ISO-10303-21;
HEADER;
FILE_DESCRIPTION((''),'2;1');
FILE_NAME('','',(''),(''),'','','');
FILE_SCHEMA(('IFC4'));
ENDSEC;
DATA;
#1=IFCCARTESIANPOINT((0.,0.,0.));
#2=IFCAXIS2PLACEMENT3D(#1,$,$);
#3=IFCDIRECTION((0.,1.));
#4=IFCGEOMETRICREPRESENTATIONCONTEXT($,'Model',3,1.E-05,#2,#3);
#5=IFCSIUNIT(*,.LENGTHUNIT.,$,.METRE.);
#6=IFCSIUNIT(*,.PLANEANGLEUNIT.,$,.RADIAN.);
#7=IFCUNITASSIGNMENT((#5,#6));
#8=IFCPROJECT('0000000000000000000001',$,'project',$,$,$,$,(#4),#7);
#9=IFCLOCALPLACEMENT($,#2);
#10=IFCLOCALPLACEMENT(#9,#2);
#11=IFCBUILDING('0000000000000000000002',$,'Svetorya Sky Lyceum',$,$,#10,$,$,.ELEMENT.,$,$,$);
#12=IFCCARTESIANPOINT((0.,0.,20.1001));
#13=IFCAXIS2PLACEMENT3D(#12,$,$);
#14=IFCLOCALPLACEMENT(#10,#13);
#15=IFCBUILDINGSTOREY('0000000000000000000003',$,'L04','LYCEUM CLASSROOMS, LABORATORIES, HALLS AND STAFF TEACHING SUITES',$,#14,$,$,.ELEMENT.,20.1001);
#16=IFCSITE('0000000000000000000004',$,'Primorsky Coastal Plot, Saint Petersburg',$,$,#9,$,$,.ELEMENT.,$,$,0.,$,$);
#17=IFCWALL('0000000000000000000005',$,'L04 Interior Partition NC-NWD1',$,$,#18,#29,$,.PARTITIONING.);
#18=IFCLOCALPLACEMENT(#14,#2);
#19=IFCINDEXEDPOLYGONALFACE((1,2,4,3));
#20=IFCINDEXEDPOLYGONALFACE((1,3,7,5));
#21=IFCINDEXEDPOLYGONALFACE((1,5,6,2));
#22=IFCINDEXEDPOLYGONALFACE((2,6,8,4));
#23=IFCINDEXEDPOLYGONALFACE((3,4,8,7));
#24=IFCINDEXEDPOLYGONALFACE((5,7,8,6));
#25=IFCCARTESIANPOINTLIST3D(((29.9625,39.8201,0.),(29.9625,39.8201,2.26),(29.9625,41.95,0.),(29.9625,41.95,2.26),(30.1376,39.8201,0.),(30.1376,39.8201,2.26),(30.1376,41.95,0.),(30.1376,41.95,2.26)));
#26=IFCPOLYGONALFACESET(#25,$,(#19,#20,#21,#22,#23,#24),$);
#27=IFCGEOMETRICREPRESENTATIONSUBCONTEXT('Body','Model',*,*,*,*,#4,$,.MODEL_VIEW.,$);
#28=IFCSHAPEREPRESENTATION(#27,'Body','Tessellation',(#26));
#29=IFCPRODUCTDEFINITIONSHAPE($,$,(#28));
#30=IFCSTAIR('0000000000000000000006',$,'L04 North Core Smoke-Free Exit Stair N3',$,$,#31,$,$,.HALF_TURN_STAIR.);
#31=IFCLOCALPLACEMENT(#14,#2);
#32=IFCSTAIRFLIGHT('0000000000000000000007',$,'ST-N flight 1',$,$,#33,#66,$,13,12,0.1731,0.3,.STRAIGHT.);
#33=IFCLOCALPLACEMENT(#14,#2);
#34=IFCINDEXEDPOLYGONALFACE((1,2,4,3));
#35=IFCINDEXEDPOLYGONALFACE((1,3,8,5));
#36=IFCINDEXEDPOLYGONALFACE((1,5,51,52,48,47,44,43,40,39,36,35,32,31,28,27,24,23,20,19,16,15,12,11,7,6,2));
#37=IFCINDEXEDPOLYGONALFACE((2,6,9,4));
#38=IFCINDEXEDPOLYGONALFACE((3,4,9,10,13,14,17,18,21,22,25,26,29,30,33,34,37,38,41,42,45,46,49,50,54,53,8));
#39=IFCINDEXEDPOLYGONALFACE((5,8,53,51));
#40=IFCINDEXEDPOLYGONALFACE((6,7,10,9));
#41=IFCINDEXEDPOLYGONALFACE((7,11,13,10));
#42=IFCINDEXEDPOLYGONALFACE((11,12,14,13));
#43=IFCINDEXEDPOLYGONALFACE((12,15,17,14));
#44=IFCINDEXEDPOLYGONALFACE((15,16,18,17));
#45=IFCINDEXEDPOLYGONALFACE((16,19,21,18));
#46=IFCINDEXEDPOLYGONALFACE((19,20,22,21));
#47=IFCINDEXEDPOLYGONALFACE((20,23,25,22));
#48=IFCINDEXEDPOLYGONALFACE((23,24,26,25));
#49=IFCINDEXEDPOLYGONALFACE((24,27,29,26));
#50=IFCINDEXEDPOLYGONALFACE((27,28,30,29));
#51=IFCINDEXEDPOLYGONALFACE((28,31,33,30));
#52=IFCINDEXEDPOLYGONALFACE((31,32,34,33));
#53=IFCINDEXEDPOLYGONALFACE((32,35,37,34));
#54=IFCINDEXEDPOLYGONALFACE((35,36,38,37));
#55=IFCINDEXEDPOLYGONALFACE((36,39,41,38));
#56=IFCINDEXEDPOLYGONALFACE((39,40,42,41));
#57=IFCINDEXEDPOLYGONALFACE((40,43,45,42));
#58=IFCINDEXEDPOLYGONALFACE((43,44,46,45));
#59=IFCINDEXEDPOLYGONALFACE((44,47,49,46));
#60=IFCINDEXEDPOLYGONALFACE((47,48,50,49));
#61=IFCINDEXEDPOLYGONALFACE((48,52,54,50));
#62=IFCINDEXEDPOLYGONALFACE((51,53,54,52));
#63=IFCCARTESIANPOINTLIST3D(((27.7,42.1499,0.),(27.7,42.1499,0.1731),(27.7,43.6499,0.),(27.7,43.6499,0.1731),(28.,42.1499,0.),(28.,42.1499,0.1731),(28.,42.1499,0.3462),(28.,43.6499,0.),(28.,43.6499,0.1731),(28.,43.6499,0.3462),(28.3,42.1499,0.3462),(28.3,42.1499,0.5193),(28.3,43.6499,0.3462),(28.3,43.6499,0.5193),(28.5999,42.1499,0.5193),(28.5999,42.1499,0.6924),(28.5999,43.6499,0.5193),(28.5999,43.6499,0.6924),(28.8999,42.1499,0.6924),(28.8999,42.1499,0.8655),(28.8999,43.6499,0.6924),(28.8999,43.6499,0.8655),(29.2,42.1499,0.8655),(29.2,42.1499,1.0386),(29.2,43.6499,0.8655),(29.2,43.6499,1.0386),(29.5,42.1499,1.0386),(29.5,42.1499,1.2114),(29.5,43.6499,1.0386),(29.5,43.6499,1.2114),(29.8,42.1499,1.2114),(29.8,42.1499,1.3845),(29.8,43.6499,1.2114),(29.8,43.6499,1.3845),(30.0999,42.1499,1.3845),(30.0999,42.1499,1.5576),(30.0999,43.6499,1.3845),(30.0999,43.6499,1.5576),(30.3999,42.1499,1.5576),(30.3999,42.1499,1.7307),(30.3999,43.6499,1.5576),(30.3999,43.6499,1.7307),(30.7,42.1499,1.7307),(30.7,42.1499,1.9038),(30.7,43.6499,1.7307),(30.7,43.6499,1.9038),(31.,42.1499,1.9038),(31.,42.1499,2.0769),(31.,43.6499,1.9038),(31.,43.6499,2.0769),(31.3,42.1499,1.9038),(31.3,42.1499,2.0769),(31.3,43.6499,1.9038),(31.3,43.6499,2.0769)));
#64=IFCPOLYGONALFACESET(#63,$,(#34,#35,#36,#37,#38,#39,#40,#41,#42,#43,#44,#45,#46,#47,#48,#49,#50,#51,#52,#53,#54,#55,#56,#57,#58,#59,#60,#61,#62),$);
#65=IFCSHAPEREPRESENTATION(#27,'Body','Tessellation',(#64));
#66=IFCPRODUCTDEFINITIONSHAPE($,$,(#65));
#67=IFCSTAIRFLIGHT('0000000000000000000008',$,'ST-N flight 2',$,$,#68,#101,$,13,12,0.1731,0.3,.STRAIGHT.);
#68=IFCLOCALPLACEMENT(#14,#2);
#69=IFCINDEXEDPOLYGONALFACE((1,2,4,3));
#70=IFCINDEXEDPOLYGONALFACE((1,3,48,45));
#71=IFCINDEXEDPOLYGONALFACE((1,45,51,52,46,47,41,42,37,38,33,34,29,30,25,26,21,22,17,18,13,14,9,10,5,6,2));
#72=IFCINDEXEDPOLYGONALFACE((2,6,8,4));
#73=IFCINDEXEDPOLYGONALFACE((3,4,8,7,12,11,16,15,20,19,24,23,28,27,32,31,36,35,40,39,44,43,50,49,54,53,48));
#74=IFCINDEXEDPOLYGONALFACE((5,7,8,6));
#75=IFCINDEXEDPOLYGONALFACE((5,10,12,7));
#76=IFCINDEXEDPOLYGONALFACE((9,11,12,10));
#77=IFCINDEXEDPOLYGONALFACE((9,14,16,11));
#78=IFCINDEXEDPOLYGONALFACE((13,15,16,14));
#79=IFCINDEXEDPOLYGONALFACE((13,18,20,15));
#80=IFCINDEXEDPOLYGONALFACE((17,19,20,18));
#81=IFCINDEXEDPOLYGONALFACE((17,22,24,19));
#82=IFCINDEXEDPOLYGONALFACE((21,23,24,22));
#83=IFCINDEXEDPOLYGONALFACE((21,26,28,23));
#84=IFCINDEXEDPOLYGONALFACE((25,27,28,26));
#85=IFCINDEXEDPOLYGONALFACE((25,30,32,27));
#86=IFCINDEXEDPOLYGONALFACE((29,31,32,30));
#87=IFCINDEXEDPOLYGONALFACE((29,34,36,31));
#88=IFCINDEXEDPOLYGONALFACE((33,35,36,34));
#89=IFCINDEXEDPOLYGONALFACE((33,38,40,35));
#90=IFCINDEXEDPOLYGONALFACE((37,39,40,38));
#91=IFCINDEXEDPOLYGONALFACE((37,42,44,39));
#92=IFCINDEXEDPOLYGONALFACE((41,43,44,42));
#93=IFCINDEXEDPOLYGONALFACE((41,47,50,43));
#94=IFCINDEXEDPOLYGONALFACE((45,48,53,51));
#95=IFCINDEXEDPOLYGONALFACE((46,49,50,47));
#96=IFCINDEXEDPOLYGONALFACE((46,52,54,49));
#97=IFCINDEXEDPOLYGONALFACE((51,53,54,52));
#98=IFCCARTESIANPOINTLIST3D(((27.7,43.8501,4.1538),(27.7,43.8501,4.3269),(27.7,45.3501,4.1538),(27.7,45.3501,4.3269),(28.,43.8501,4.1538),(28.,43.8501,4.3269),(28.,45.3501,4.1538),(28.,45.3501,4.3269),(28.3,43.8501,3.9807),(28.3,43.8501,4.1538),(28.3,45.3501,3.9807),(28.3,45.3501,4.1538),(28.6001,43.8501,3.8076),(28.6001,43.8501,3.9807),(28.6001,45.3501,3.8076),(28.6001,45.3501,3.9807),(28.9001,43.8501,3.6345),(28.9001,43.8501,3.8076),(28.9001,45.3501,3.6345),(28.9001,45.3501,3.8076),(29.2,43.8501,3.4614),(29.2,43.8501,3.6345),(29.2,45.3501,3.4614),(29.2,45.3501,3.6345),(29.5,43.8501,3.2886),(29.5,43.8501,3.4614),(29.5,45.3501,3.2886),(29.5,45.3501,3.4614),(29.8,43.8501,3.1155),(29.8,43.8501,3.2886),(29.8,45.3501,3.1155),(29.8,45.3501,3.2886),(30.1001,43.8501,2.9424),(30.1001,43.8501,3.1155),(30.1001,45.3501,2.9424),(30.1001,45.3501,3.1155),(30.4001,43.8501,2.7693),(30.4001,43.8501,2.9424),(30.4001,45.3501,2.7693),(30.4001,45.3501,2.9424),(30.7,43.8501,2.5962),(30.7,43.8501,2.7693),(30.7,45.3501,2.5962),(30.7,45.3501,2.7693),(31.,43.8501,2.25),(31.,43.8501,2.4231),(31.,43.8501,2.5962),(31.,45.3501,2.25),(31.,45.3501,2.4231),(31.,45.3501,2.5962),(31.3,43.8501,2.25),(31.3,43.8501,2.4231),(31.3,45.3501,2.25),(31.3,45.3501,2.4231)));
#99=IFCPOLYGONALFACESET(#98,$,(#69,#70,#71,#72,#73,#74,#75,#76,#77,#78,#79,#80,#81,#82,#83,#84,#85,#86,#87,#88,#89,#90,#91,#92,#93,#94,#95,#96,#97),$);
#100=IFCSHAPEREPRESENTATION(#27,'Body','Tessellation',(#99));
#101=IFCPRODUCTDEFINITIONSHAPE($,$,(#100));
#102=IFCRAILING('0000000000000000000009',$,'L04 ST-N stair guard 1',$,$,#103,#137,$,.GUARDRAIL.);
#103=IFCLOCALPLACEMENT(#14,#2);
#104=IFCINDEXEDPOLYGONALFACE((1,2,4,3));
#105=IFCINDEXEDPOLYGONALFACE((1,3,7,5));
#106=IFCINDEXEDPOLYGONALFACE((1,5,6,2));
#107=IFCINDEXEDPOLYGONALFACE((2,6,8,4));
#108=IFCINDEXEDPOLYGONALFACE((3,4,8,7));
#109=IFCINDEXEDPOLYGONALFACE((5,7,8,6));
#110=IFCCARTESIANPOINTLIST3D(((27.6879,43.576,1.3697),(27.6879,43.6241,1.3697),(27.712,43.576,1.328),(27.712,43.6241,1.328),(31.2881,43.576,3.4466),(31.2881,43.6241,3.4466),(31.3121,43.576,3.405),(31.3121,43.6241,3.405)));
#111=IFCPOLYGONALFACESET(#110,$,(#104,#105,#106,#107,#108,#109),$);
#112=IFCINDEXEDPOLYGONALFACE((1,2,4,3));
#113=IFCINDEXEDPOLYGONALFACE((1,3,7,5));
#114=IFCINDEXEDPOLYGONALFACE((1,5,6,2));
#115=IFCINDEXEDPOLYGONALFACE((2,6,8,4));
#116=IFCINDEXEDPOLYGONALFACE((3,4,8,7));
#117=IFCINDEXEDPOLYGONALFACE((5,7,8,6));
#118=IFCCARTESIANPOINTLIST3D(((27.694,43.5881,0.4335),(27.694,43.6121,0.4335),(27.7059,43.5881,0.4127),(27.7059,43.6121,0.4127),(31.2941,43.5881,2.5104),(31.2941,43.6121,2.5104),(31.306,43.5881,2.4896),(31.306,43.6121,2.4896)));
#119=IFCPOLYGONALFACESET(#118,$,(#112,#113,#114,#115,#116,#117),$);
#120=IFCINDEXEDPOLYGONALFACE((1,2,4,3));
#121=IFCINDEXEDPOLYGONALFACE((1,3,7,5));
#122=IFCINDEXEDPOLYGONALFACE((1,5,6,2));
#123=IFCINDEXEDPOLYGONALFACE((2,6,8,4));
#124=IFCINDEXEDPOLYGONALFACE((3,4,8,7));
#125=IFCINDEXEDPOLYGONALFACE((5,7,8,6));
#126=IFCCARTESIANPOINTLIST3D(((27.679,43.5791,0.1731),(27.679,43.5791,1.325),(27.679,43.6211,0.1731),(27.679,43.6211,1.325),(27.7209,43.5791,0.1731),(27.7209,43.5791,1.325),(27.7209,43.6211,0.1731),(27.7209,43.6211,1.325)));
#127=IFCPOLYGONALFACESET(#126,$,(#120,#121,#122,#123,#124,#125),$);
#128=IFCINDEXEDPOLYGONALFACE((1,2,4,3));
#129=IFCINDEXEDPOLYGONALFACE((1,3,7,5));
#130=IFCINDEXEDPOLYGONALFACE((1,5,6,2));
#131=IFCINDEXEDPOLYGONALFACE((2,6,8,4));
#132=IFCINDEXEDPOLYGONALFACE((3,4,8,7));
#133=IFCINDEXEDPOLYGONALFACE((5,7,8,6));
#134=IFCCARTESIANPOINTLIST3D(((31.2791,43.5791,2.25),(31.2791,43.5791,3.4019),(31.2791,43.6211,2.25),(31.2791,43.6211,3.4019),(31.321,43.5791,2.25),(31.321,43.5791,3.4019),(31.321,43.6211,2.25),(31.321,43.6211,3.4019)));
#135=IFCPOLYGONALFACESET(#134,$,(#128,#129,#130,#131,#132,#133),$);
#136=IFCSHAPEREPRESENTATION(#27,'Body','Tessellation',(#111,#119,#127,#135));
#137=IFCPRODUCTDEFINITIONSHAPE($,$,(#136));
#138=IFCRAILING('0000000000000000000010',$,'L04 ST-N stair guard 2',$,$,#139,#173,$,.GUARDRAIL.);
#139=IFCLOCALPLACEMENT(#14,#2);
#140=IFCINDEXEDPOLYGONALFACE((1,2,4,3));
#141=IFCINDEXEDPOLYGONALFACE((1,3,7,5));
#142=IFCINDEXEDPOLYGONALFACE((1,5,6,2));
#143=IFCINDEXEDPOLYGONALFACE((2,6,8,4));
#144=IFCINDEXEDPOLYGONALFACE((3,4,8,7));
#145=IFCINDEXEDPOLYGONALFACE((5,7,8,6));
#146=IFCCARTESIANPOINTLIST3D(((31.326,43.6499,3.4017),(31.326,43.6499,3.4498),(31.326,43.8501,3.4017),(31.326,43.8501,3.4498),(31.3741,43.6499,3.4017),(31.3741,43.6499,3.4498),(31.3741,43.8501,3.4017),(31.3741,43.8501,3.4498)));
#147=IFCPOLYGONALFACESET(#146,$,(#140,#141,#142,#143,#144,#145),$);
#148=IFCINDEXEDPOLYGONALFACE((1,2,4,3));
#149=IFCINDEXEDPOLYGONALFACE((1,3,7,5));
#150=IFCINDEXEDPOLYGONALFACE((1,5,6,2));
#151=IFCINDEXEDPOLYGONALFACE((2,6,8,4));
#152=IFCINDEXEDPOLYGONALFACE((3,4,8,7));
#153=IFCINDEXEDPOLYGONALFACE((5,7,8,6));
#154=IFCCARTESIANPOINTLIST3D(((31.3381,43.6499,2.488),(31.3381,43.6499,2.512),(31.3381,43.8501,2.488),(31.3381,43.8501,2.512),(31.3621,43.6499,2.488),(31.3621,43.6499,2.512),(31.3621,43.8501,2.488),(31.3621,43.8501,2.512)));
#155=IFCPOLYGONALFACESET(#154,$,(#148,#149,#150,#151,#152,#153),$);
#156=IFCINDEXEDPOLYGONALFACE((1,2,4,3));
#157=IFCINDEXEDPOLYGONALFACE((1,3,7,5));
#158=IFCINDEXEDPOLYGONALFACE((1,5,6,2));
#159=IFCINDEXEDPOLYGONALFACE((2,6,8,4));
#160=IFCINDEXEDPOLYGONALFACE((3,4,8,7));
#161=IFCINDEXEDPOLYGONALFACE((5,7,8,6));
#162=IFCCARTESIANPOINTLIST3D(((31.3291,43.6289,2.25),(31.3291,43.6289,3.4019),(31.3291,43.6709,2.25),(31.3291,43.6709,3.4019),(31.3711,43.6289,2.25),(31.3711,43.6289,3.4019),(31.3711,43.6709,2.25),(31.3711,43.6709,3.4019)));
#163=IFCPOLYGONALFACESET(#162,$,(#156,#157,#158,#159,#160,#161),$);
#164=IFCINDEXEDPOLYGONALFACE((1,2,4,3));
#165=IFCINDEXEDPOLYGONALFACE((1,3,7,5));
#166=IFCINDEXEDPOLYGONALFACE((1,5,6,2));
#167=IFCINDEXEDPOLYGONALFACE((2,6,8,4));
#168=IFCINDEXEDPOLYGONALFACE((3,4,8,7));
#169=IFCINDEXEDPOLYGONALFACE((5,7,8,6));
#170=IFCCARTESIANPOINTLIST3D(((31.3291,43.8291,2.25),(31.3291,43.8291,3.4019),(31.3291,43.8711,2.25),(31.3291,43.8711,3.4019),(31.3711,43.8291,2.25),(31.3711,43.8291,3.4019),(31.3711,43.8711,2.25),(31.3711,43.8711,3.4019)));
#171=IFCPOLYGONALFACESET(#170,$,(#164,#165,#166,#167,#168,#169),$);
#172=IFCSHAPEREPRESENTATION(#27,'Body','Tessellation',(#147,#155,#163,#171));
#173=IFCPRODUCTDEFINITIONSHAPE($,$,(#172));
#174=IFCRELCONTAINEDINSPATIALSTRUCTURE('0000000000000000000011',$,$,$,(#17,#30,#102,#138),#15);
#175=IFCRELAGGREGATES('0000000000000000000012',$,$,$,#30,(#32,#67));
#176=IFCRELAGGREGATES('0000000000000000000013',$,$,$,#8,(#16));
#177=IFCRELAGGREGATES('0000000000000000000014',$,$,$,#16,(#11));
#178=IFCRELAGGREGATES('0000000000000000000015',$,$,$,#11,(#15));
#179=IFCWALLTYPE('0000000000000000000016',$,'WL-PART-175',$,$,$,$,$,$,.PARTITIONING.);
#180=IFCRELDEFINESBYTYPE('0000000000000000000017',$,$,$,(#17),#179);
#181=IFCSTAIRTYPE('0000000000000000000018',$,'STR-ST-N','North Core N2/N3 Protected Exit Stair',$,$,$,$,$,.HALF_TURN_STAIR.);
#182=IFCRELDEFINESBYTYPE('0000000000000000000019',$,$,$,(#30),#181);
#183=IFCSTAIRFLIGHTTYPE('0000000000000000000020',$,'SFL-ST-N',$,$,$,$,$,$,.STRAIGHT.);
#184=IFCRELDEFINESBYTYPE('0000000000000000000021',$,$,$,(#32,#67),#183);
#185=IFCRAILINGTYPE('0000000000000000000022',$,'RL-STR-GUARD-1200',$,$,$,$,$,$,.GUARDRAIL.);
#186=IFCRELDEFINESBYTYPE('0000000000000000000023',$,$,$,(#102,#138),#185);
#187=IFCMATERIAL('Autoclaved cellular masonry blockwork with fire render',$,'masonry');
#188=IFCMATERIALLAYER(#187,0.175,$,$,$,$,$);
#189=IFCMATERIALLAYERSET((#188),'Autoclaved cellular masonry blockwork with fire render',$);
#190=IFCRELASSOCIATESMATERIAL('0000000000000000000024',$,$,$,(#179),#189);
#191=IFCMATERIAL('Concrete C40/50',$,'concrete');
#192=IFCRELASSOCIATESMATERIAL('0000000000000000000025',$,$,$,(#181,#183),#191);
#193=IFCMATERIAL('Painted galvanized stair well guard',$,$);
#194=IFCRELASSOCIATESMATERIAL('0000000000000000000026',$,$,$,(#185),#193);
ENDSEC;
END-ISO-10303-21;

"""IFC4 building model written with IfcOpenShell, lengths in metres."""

from ifc_helpers import new_model, si_unit, direction, frame, frame_2d, origin, origin_2d, place, context, subcontext, project, spatial, polyline, rectangle, outline, extrude, material, layer, layer_set, type_object, element, aggregate, save


model = new_model("IFC4")

# Units and contexts
model_context = context("Model", 3, precision=1e-05, world=origin(), true_north=direction((0.0, 1.0)))
body_context = subcontext(model_context, "Body", "Model", "MODEL_VIEW")
ifc_project = project(units=[si_unit("LENGTHUNIT", "METRE"), si_unit("PLANEANGLEUNIT", "RADIAN")], contexts=[model_context])

# Site, building, storey
site_placement = place(None, origin())
site = spatial("IfcSite", under=ifc_project, at=site_placement, Name="Primorsky Coastal Plot, Saint Petersburg", CompositionType="ELEMENT", RefElevation=0.0)
building_placement = place(site_placement, origin())
building = spatial("IfcBuilding", under=site, at=building_placement, Name="Svetorya Sky Lyceum", CompositionType="ELEMENT")
storey_placement = place(building_placement, frame((0.0, 0.0, 20.1001)))
storey = spatial("IfcBuildingStorey", under=building, at=storey_placement, Name="L04", Description="LYCEUM CLASSROOMS, LABORATORIES, HALLS AND STAFF TEACHING SUITES", CompositionType="ELEMENT", Elevation=20.1001)

# Shared definitions
ifc_material_1 = material(Name="Concrete C40/50", Category="concrete")

# Wall
ifc_material_2 = material(Name="Autoclaved cellular masonry blockwork with fire render", Category="masonry")
ifc_layer_1 = layer(ifc_material_2, 0.175)
ifc_layer_set_1 = layer_set([ifc_layer_1], Name="Autoclaved cellular masonry blockwork with fire render")
wall_type_1 = type_object("IfcWallType", Name="WL-PART-175", PredefinedType="PARTITIONING", material=ifc_layer_set_1)
wall_1_placement = place(storey_placement, frame((30.05, 39.8201, 0.0), z_axis=(0.0, 0.0, 1.0), x_axis=(0.0, 1.0, 0.0)))
element("IfcWall", 1, at=wall_1_placement, inside=storey, type_object=wall_type_1, Name="L04 Interior Partition NC-NWD1", PredefinedType="PARTITIONING", context=body_context, shape_type="SweptSolid", body=[
    extrude(rectangle(XDim=2.1299, YDim=0.175, at=frame_2d((1.0649, 0.0))), origin(), (0.0, 0.0, 1.0), 2.26),
])

# Stair, stair flights
stair_type = type_object("IfcStairType", Name="STR-ST-N", Description="North Core N2/N3 Protected Exit Stair", PredefinedType="HALF_TURN_STAIR", material=ifc_material_1)
stair_placement = place(storey_placement, origin())
stair = element("IfcStair", 2, at=stair_placement, inside=storey, type_object=stair_type, Name="L04 North Core Smoke-Free Exit Stair N3", PredefinedType="HALF_TURN_STAIR")
stair_flight_type = type_object("IfcStairFlightType", Name="SFL-ST-N", PredefinedType="STRAIGHT", material=ifc_material_1)
stair_flight_1_placement = place(storey_placement, frame((27.7, 42.8999, 0.0), z_axis=(0.0, 0.0, 1.0), x_axis=(1.0, 0.0, 0.0)))
stair_flight_1 = element("IfcStairFlight", 3, at=stair_flight_1_placement, type_object=stair_flight_type, Name="ST-N flight 1", NumberOfRisers=13, NumberOfTreads=12, PredefinedType="STRAIGHT", RiserHeight=0.1731, TreadLength=0.3, context=body_context, shape_type="SweptSolid", body=[
    extrude(outline(polyline([(0.0, 0.0), (0.0, 0.1731), (0.3, 0.1731), (0.3, 0.3462), (0.6001, 0.3462), (0.6001, 0.5193), (0.8999, 0.5193), (0.8999, 0.6924), (1.2, 0.6924), (1.2, 0.8655), (1.5, 0.8655), (1.5, 1.0386), (1.8, 1.0386), (1.8, 1.2114), (2.1001, 1.2114), (2.1001, 1.3845), (2.3999, 1.3845), (2.3999, 1.5576), (2.7, 1.5576), (2.7, 1.7307), (3.0, 1.7307), (3.0, 1.9038), (3.3, 1.9038), (3.3, 2.0769), (3.6001, 2.0769), (3.6001, 2.25), (3.6001, 1.9038), (0.3, 0.0), (0.0, 0.0)])), frame((0.0, 0.75, 0.0), z_axis=(0.0, -1.0, 0.0), x_axis=(1.0, 0.0, 0.0)), (0.0, 0.0, 1.0), 1.5),
])
stair_flight_2_placement = place(storey_placement, frame((31.3, 44.6001, 2.25), z_axis=(0.0, 0.0, 1.0), x_axis=(-1.0, 0.0, 0.0)))
stair_flight_2 = element("IfcStairFlight", 4, at=stair_flight_2_placement, type_object=stair_flight_type, Name="ST-N flight 2", NumberOfRisers=13, NumberOfTreads=12, PredefinedType="STRAIGHT", RiserHeight=0.1731, TreadLength=0.3, context=body_context, shape_type="SweptSolid", body=[
    extrude(outline(polyline([(0.0, 0.0), (0.0, 0.1731), (0.3, 0.1731), (0.3, 0.3462), (0.6001, 0.3462), (0.6001, 0.5193), (0.8999, 0.5193), (0.8999, 0.6924), (1.2, 0.6924), (1.2, 0.8655), (1.5, 0.8655), (1.5, 1.0386), (1.8, 1.0386), (1.8, 1.2114), (2.1001, 1.2114), (2.1001, 1.3845), (2.3999, 1.3845), (2.3999, 1.5576), (2.7, 1.5576), (2.7, 1.7307), (3.0, 1.7307), (3.0, 1.9038), (3.3, 1.9038), (3.3, 2.0769), (3.6001, 2.0769), (3.6001, 2.25), (3.6001, 1.9038), (0.3, 0.0), (0.0, 0.0)])), frame((0.0, 0.75, 0.0), z_axis=(0.0, -1.0, 0.0), x_axis=(1.0, 0.0, 0.0)), (0.0, 0.0, 1.0), 1.5),
])
aggregate(stair, [stair_flight_1, stair_flight_2])

# Railings
ifc_material_3 = material(Name="Painted galvanized stair well guard")
railing_type_1 = type_object("IfcRailingType", Name="RL-STR-GUARD-1200", PredefinedType="GUARDRAIL", material=ifc_material_3)
railing_1_placement = place(storey_placement, frame((27.7, 43.6001, 0.1731)))
element("IfcRailing", 5, at=railing_1_placement, inside=storey, type_object=railing_type_1, Name="L04 ST-N stair guard 1", PredefinedType="GUARDRAIL", context=body_context, shape_type="SweptSolid", body=[
    extrude(rectangle(XDim=0.0481, YDim=0.0481, at=origin_2d()), frame((0.0, 0.0, 1.1758), z_axis=(0.866193, 0.0, 0.499709), x_axis=(0.0, 1.0, 0.0)), (0.0, 0.0, 1.0), 4.1562),
    extrude(rectangle(XDim=0.0239, YDim=0.0239, at=origin_2d()), frame((0.0, 0.0, 0.25), z_axis=(0.866193, 0.0, 0.499709), x_axis=(0.0, 1.0, 0.0)), (0.0, 0.0, 1.0), 4.1562),
    extrude(rectangle(XDim=0.042, YDim=0.042, at=origin_2d()), origin(), (0.0, 0.0, 1.0), 1.1519),
    extrude(rectangle(XDim=0.042, YDim=0.042, at=origin_2d()), frame((3.6001, 0.0, 2.0769)), (0.0, 0.0, 1.0), 1.1519),
])
railing_2_placement = place(storey_placement, frame((31.3501, 43.6499, 2.25)))
element("IfcRailing", 6, at=railing_2_placement, inside=storey, type_object=railing_type_1, Name="L04 ST-N stair guard 2", PredefinedType="GUARDRAIL", context=body_context, shape_type="SweptSolid", body=[
    extrude(rectangle(XDim=0.0481, YDim=0.0481, at=origin_2d()), frame((0.0, 0.0, 1.1758), z_axis=(0.0, 1.0, 0.0), x_axis=(-1.0, 0.0, 0.0)), (0.0, 0.0, 1.0), 0.2002),
    extrude(rectangle(XDim=0.0239, YDim=0.0239, at=origin_2d()), frame((0.0, 0.0, 0.25), z_axis=(0.0, 1.0, 0.0), x_axis=(-1.0, 0.0, 0.0)), (0.0, 0.0, 1.0), 0.2002),
    extrude(rectangle(XDim=0.042, YDim=0.042, at=origin_2d()), origin(), (0.0, 0.0, 1.0), 1.1519),
    extrude(rectangle(XDim=0.042, YDim=0.042, at=origin_2d()), frame((0.0, 0.2002, 0.0)), (0.0, 0.0, 1.0), 1.1519),
])

save(model, "model.ifc")
